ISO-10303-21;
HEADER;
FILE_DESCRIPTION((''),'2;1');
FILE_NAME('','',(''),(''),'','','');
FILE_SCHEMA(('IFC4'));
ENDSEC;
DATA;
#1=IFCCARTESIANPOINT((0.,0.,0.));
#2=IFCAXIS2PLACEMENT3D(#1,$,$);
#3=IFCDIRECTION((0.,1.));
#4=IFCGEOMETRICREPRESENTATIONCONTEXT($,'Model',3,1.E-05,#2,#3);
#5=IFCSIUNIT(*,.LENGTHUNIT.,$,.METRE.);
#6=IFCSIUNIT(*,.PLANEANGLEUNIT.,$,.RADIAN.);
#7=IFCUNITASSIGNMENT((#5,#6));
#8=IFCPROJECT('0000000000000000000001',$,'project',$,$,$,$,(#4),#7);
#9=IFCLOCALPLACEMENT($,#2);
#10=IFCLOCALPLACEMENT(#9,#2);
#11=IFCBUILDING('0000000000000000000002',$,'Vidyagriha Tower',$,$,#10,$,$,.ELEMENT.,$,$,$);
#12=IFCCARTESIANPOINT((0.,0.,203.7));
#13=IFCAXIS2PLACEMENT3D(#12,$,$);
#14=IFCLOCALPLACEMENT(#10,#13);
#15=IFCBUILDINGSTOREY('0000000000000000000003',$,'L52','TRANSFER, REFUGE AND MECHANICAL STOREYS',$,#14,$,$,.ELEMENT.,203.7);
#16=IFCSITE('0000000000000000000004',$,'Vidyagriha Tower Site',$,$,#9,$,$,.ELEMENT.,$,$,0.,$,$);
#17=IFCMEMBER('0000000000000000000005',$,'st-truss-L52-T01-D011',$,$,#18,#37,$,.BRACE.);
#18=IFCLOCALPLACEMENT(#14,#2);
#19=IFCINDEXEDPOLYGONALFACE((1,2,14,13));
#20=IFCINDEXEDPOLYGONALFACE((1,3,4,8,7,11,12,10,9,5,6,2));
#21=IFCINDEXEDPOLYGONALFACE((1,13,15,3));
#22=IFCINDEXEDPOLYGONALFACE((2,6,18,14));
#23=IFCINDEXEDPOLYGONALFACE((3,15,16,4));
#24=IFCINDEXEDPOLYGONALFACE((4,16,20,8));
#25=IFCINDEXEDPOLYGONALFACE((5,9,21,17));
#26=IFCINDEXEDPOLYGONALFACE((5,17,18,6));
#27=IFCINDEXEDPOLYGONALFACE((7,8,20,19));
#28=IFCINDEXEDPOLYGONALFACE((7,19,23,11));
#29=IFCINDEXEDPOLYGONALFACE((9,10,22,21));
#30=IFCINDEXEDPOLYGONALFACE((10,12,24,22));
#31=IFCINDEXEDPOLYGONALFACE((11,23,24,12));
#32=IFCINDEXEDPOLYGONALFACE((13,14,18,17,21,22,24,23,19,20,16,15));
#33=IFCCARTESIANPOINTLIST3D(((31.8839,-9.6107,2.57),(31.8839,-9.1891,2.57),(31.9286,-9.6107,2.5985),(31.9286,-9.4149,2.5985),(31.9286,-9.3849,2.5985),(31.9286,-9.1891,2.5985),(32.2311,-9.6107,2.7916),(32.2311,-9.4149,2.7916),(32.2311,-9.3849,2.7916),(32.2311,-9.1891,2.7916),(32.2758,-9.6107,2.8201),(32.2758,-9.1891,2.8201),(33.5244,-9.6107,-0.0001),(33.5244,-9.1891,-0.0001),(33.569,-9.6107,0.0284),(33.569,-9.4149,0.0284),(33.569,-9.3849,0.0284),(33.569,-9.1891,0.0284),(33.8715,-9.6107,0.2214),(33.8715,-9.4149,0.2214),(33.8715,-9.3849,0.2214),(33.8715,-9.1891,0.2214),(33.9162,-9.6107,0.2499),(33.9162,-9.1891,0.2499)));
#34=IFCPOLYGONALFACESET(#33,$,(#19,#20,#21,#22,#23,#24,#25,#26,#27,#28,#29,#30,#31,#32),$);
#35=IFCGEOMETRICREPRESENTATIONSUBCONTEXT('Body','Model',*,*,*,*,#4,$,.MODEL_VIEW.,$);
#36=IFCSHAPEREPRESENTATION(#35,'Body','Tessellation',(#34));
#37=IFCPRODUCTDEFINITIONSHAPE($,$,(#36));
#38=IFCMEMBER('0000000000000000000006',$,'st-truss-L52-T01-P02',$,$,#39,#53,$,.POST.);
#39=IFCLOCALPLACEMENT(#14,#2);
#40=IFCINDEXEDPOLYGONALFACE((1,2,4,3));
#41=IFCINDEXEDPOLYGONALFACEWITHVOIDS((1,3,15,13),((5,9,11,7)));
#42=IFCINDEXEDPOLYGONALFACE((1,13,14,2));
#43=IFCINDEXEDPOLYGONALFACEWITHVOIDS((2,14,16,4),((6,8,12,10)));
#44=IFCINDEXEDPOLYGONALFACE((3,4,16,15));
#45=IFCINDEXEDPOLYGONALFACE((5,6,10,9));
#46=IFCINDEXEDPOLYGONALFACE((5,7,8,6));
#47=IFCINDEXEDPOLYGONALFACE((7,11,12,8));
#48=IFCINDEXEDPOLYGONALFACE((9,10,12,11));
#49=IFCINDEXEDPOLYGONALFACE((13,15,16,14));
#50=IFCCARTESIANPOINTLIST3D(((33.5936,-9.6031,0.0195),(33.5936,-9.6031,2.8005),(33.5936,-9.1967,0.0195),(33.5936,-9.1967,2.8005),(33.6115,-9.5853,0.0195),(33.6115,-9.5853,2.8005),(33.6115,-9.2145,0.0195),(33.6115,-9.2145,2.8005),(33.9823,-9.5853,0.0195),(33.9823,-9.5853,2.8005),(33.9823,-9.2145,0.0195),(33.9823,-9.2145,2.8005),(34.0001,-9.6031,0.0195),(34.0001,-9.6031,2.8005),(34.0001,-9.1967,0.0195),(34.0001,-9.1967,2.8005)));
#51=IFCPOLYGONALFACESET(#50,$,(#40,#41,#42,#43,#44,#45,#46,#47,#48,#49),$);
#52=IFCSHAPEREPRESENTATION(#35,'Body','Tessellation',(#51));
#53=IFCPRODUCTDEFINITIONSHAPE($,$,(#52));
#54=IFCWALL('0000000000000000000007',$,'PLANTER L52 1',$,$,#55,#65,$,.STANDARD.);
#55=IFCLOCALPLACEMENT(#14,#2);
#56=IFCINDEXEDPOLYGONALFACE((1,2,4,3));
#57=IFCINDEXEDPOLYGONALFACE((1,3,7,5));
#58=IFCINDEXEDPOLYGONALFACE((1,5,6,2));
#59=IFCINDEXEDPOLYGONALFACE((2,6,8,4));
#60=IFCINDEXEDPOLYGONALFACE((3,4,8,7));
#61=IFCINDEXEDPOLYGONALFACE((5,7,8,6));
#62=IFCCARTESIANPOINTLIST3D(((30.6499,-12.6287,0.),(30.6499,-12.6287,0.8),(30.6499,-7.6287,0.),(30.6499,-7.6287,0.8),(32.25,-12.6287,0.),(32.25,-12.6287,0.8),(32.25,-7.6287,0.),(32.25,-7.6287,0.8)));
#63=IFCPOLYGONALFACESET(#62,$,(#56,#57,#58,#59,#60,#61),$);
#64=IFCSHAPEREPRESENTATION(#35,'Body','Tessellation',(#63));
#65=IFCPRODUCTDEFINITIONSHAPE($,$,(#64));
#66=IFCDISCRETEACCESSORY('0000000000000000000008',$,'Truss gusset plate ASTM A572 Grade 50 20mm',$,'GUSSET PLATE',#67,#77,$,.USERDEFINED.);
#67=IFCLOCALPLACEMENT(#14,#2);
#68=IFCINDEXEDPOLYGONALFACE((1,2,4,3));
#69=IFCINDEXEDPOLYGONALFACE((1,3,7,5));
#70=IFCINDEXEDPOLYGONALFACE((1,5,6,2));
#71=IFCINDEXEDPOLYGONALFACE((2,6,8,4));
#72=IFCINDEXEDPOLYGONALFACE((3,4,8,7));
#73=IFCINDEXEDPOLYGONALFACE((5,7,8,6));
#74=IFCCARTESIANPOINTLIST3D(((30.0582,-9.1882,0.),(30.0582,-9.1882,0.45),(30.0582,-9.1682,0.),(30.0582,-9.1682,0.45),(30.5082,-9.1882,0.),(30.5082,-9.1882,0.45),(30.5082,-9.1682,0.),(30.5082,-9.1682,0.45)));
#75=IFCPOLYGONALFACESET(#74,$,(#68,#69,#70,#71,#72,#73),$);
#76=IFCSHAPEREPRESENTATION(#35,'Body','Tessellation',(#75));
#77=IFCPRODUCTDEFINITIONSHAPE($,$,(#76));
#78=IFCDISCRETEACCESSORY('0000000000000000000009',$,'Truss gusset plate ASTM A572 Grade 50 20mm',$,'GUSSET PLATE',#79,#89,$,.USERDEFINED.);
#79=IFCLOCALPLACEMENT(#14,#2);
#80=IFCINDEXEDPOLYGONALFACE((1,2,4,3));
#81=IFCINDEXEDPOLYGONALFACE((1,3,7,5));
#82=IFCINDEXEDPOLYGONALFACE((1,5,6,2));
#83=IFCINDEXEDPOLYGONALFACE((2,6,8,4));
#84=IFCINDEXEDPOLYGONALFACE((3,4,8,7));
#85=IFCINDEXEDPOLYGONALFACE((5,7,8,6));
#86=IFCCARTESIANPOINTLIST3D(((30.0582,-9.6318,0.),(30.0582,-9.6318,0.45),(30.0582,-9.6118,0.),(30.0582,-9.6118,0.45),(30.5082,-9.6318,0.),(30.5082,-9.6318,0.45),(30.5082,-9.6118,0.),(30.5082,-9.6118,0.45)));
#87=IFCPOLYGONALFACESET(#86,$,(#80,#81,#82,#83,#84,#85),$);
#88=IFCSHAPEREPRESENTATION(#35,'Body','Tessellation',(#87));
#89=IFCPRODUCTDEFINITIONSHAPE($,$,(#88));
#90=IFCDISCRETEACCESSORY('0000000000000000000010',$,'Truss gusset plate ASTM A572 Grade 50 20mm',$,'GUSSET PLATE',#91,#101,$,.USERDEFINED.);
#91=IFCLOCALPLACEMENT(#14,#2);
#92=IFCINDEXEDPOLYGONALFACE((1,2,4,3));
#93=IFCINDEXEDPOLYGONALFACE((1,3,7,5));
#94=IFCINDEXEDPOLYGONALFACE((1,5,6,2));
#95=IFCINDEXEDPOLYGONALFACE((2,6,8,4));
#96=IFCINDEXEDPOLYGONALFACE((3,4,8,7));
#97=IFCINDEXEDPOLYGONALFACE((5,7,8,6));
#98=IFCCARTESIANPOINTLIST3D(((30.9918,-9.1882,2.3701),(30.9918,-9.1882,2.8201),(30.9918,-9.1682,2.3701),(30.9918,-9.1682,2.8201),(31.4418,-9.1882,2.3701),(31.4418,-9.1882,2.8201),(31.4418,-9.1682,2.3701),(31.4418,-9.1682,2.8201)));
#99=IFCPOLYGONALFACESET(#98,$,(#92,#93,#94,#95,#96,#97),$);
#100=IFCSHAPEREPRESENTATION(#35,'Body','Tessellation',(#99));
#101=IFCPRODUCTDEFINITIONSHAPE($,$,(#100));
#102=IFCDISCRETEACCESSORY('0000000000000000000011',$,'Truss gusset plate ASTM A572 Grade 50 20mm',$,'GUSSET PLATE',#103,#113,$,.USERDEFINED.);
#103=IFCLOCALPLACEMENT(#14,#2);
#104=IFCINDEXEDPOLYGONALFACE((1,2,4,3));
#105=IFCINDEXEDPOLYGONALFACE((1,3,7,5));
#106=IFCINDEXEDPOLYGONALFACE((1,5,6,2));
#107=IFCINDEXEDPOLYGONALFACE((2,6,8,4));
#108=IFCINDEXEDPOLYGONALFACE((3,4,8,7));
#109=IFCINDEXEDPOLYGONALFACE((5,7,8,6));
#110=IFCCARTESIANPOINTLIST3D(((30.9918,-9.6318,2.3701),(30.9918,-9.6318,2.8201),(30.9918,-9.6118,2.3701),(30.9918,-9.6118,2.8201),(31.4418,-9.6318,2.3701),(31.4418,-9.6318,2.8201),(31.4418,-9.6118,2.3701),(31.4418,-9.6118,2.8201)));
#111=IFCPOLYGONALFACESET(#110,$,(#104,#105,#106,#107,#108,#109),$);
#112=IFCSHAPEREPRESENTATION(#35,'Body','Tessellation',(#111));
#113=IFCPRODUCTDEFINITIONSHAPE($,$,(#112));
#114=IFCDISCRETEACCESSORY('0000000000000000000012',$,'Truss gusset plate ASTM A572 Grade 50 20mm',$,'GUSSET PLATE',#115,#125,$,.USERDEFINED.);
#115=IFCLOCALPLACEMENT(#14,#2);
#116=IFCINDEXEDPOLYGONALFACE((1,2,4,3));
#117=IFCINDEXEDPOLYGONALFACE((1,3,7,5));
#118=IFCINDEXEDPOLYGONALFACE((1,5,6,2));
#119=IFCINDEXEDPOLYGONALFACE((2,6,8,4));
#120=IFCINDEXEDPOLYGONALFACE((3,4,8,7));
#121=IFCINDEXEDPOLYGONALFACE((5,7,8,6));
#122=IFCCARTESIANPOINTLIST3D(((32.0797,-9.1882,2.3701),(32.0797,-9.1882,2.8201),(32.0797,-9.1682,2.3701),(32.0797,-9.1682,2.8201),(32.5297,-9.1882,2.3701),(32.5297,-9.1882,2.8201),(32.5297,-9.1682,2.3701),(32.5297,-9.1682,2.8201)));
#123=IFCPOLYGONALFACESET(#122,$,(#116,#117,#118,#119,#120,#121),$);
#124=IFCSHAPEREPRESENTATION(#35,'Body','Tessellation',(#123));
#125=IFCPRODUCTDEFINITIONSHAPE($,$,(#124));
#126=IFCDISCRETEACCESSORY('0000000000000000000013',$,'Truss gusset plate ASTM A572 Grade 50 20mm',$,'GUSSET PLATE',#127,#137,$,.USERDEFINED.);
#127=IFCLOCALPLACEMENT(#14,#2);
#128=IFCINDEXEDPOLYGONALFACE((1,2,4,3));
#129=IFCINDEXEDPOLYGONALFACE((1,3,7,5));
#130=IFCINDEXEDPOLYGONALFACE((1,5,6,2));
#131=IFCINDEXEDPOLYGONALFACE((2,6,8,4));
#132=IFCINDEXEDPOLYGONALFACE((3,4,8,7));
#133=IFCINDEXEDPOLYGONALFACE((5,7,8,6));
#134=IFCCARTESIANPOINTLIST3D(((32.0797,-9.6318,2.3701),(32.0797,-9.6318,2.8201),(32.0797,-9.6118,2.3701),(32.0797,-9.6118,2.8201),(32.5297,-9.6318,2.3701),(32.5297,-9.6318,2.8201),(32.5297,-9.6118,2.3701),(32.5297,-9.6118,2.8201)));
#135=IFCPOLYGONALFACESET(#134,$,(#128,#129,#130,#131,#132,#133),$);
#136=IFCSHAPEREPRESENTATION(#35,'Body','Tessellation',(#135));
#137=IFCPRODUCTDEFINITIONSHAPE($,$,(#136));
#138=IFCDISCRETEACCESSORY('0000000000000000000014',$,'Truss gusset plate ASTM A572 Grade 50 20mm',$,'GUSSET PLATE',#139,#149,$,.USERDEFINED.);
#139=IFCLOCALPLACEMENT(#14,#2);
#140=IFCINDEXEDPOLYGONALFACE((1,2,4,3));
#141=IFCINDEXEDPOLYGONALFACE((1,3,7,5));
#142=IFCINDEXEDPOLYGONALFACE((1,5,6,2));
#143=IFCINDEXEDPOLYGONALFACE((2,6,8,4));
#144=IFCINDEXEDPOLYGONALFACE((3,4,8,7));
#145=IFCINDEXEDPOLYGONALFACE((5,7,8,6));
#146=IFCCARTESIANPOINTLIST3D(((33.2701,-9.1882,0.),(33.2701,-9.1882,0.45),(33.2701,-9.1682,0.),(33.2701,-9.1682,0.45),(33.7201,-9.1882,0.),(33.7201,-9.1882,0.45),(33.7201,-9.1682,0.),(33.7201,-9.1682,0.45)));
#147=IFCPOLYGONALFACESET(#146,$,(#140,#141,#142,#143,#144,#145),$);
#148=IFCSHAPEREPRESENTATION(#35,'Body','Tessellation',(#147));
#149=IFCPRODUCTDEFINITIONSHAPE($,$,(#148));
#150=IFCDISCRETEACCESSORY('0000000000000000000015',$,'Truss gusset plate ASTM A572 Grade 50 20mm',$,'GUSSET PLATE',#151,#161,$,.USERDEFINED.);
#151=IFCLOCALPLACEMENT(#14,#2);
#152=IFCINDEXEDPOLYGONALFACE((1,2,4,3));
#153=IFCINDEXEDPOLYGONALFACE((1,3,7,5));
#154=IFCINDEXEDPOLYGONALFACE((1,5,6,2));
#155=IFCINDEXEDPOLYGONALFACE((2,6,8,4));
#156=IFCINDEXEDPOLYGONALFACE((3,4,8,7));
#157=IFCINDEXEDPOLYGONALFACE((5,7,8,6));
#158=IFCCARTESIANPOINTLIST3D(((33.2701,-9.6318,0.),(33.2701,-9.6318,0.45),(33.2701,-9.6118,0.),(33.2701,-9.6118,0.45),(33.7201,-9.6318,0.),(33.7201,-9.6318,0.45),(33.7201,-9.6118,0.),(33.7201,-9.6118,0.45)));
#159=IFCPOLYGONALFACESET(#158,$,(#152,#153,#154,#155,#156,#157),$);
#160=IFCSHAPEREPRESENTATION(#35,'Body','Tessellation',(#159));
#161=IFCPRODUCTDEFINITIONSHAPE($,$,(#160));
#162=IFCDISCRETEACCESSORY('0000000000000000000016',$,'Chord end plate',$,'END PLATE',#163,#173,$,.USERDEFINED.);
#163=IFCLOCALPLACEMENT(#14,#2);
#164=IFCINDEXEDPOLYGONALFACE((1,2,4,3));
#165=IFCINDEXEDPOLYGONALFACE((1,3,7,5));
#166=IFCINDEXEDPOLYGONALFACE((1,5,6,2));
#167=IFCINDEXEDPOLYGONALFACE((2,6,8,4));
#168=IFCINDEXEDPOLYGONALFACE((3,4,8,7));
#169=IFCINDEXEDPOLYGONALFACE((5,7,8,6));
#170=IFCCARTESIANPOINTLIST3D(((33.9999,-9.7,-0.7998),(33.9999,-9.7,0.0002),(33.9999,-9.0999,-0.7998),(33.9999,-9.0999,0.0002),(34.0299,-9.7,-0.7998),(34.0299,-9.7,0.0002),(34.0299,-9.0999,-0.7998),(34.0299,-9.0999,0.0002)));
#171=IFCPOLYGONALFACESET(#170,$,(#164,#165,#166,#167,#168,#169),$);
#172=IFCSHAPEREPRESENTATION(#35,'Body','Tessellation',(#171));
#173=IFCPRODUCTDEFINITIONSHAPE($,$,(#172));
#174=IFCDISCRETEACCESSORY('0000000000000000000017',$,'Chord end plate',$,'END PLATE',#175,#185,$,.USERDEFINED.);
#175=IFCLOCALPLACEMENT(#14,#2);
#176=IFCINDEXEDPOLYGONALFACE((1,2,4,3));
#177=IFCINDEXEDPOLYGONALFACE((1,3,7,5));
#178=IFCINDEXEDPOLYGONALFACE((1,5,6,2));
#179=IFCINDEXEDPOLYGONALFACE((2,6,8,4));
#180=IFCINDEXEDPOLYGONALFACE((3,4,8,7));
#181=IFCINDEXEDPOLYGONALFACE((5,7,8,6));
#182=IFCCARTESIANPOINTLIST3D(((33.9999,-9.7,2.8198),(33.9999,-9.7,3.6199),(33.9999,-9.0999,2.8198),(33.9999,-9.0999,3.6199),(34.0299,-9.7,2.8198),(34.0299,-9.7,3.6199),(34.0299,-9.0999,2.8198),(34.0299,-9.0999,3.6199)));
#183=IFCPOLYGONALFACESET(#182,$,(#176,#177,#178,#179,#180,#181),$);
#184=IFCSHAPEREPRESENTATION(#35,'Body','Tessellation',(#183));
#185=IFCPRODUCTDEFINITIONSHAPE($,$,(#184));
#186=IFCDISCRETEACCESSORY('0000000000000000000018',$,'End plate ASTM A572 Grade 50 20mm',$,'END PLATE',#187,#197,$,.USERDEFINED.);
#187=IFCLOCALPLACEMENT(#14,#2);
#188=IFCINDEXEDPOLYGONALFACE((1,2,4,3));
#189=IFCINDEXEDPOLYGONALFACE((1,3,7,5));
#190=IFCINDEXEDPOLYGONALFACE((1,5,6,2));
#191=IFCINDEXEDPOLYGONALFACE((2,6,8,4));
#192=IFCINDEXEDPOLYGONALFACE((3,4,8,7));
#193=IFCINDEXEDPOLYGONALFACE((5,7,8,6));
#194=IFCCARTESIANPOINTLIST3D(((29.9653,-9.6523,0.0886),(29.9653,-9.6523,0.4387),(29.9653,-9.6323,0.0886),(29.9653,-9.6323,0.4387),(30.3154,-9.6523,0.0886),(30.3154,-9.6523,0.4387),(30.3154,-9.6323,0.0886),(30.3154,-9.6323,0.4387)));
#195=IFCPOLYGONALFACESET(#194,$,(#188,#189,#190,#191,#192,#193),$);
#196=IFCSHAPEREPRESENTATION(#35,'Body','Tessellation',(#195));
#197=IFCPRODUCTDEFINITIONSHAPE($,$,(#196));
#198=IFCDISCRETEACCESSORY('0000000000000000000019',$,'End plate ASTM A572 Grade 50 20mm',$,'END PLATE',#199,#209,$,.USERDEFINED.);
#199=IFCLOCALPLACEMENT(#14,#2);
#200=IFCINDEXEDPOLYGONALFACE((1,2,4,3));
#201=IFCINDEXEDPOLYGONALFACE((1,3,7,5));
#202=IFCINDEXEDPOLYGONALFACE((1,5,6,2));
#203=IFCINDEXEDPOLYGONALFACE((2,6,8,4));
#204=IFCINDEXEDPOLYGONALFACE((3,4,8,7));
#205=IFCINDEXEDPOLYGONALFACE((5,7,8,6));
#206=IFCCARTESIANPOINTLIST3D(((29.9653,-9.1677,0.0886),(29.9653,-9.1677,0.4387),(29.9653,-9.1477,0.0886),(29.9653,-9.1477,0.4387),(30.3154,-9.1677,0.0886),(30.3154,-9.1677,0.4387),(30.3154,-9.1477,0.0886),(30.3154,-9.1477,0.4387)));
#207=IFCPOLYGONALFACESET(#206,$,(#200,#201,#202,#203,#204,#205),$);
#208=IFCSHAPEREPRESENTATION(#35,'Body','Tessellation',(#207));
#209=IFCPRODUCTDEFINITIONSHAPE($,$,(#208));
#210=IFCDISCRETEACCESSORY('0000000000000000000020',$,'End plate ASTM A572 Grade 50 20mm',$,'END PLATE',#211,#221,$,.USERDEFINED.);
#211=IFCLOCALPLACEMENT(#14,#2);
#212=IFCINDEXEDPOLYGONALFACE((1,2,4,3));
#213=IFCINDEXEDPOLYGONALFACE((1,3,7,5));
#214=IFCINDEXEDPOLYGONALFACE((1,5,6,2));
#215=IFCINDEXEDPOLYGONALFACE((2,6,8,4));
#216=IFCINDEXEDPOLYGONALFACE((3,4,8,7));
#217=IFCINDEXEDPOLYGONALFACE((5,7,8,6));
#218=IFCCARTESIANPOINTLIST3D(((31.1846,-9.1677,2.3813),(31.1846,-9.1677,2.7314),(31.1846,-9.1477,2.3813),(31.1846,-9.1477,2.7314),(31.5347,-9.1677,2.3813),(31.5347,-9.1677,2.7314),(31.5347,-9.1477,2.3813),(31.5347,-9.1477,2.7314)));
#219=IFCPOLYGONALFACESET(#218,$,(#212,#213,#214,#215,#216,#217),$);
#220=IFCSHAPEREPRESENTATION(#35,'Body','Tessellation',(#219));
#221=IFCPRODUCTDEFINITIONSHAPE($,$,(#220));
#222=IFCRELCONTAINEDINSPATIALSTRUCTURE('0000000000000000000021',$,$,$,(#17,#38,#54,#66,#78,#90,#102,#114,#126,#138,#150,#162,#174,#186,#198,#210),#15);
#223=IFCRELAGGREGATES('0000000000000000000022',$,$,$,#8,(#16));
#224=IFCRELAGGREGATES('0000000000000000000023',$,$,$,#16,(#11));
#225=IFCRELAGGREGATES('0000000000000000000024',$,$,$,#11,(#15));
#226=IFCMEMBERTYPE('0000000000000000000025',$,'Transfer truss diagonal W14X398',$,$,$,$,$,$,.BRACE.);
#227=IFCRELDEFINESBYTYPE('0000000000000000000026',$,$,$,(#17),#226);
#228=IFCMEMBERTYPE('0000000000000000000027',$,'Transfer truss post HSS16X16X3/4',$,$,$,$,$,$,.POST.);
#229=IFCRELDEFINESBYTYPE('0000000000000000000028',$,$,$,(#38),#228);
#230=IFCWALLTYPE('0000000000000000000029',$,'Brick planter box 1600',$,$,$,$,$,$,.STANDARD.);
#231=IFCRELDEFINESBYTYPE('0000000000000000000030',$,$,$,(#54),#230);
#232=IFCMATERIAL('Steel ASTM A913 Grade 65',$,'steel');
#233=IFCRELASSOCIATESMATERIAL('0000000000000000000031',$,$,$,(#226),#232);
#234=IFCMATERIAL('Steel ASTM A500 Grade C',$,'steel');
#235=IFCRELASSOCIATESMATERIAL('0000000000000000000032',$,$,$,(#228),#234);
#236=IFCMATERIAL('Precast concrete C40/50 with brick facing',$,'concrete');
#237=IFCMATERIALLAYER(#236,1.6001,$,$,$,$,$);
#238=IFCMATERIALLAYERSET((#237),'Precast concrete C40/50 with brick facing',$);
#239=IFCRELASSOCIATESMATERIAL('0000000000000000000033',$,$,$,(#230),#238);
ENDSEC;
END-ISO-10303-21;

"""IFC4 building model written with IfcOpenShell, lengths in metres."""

from ifc_helpers import new_model, si_unit, direction, frame, frame_2d, origin, origin_2d, place, context, subcontext, project, spatial, rectangle, hollow_rectangle, i_section, extrude, material, layer, layer_set, material_profile, profile_set, type_object, element, save


model = new_model("IFC4")

# Units and contexts
model_context = context("Model", 3, precision=1e-05, world=origin(), true_north=direction((0.0, 1.0)))
body_context = subcontext(model_context, "Body", "Model", "MODEL_VIEW")
ifc_project = project(units=[si_unit("LENGTHUNIT", "METRE"), si_unit("PLANEANGLEUNIT", "RADIAN")], contexts=[model_context])

# Site, building, storey
site_placement = place(None, origin())
site = spatial("IfcSite", under=ifc_project, at=site_placement, Name="Vidyagriha Tower Site", CompositionType="ELEMENT", RefElevation=0.0)
building_placement = place(site_placement, origin())
building = spatial("IfcBuilding", under=site, at=building_placement, Name="Vidyagriha Tower", CompositionType="ELEMENT")
storey_placement = place(building_placement, frame((0.0, 0.0, 203.7)))
storey = spatial("IfcBuildingStorey", under=building, at=storey_placement, Name="L52", Description="TRANSFER, REFUGE AND MECHANICAL STOREYS", CompositionType="ELEMENT", Elevation=203.7)

# Members
ifc_material_1 = material(Name="Steel ASTM A913 Grade 65", Category="steel")
ifc_material_profile_1 = material_profile(ifc_material_1, i_section(OverallWidth=0.4216, OverallDepth=0.4648, WebThickness=0.03, FlangeThickness=0.053, at=origin_2d()), Name="W14X398")
ifc_profile_set_1 = profile_set([ifc_material_profile_1], Name="Steel ASTM A913 Grade 65")
member_type_1 = type_object("IfcMemberType", Name="Transfer truss diagonal W14X398", PredefinedType="BRACE", material=ifc_profile_set_1)
member_1_placement = place(storey_placement, frame((32.0798, -9.3999, 2.6951), z_axis=(0.538015, 0.0, -0.842935), x_axis=(0.0, 1.0, 0.0)))
element("IfcMember", 1, at=member_1_placement, inside=storey, type_object=member_type_1, Name="st-truss-L52-T01-D011", PredefinedType="BRACE", context=body_context, shape_type="SweptSolid", body=[
    extrude(i_section(OverallWidth=0.4216, OverallDepth=0.4648, WebThickness=0.03, FlangeThickness=0.053, at=origin_2d()), origin(), (0.0, 0.0, 1.0), 3.0491),
])
ifc_material_2 = material(Name="Steel ASTM A500 Grade C", Category="steel")
ifc_material_profile_2 = material_profile(ifc_material_2, hollow_rectangle(XDim=0.4065, YDim=0.4065, WallThickness=0.0178, at=origin_2d()), Name="HSS16X16X3/4")
ifc_profile_set_2 = profile_set([ifc_material_profile_2], Name="Steel ASTM A500 Grade C")
member_type_2 = type_object("IfcMemberType", Name="Transfer truss post HSS16X16X3/4", PredefinedType="POST", material=ifc_profile_set_2)
member_2_placement = place(storey_placement, frame((33.7969, -9.3999, 0.0195)))
element("IfcMember", 2, at=member_2_placement, inside=storey, type_object=member_type_2, Name="st-truss-L52-T01-P02", PredefinedType="POST", context=body_context, shape_type="SweptSolid", body=[
    extrude(hollow_rectangle(XDim=0.4065, YDim=0.4065, WallThickness=0.0178, at=origin_2d()), origin(), (0.0, 0.0, 1.0), 2.781),
])

# Wall
ifc_material_3 = material(Name="Precast concrete C40/50 with brick facing", Category="concrete")
ifc_layer = layer(ifc_material_3, 1.6001)
ifc_layer_set = layer_set([ifc_layer], Name="Precast concrete C40/50 with brick facing")
wall_type = type_object("IfcWallType", Name="Brick planter box 1600", PredefinedType="STANDARD", material=ifc_layer_set)
wall_placement = place(storey_placement, frame((31.45, -12.6287, 0.0), z_axis=(0.0, 0.0, 1.0), x_axis=(0.0, 1.0, 0.0)))
element("IfcWall", 3, at=wall_placement, inside=storey, type_object=wall_type, Name="PLANTER L52 1", PredefinedType="STANDARD", context=body_context, shape_type="SweptSolid", body=[
    extrude(rectangle(XDim=5.0, YDim=1.6001, at=frame_2d((2.5, 0.0))), origin(), (0.0, 0.0, 1.0), 0.8),
])

# Discrete accessories
for number, where, name in (
    (4, (30.2832, -9.1782, 0.0), "Truss gusset plate ASTM A572 Grade 50 20mm"),
    (5, (30.2832, -9.6218, 0.0), "Truss gusset plate ASTM A572 Grade 50 20mm"),
    (6, (31.2168, -9.1782, 2.3701), "Truss gusset plate ASTM A572 Grade 50 20mm"),
    (7, (31.2168, -9.6218, 2.3701), "Truss gusset plate ASTM A572 Grade 50 20mm"),
    (8, (32.3047, -9.1782, 2.3701), "Truss gusset plate ASTM A572 Grade 50 20mm"),
    (9, (32.3047, -9.6218, 2.3701), "Truss gusset plate ASTM A572 Grade 50 20mm"),
    (10, (33.4951, -9.1782, 0.0), "Truss gusset plate ASTM A572 Grade 50 20mm"),
    (11, (33.4951, -9.6218, 0.0), "Truss gusset plate ASTM A572 Grade 50 20mm"),
):
    element("IfcDiscreteAccessory", number, at=place(storey_placement, frame(where)), inside=storey, Name=name, ObjectType="GUSSET PLATE", PredefinedType="USERDEFINED", context=body_context, shape_type="SweptSolid", body=[
        extrude(rectangle(XDim=0.45, YDim=0.02, at=origin_2d()), origin(), (0.0, 0.0, 1.0), 0.45),
    ])
for number, where, name in (
    (12, (34.0149, -9.3999, -0.7998), "Chord end plate"),
    (13, (34.0149, -9.3999, 2.8198), "Chord end plate"),
):
    element("IfcDiscreteAccessory", number, at=place(storey_placement, frame(where)), inside=storey, Name=name, ObjectType="END PLATE", PredefinedType="USERDEFINED", context=body_context, shape_type="SweptSolid", body=[
        extrude(rectangle(XDim=0.03, YDim=0.6001, at=origin_2d()), origin(), (0.0, 0.0, 1.0), 0.8),
    ])
for number, where, z_axis, x_axis, name in (
    (14, (30.1404, -9.6423, 0.0886), (0.0, 0.0, 1.0), (-1.0, 0.0, 0.0), "End plate ASTM A572 Grade 50 20mm"),
    (15, (30.1404, -9.1577, 0.0886), (0.0, 0.0, 1.0), (-1.0, 0.0, 0.0), "End plate ASTM A572 Grade 50 20mm"),
):
    element("IfcDiscreteAccessory", number, at=place(storey_placement, frame(where, z_axis=z_axis, x_axis=x_axis)), inside=storey, Name=name, ObjectType="END PLATE", PredefinedType="USERDEFINED", context=body_context, shape_type="SweptSolid", body=[
        extrude(rectangle(XDim=0.3501, YDim=0.02, at=origin_2d()), origin(), (0.0, 0.0, 1.0), 0.3501),
    ])
for number, where, name in (
    (16, (31.3596, -9.1577, 2.3813), "End plate ASTM A572 Grade 50 20mm"),
):
    element("IfcDiscreteAccessory", number, at=place(storey_placement, frame(where)), inside=storey, Name=name, ObjectType="END PLATE", PredefinedType="USERDEFINED", context=body_context, shape_type="SweptSolid", body=[
        extrude(rectangle(XDim=0.3501, YDim=0.02, at=origin_2d()), origin(), (0.0, 0.0, 1.0), 0.3501),
    ])

save(model, "model.ifc")
